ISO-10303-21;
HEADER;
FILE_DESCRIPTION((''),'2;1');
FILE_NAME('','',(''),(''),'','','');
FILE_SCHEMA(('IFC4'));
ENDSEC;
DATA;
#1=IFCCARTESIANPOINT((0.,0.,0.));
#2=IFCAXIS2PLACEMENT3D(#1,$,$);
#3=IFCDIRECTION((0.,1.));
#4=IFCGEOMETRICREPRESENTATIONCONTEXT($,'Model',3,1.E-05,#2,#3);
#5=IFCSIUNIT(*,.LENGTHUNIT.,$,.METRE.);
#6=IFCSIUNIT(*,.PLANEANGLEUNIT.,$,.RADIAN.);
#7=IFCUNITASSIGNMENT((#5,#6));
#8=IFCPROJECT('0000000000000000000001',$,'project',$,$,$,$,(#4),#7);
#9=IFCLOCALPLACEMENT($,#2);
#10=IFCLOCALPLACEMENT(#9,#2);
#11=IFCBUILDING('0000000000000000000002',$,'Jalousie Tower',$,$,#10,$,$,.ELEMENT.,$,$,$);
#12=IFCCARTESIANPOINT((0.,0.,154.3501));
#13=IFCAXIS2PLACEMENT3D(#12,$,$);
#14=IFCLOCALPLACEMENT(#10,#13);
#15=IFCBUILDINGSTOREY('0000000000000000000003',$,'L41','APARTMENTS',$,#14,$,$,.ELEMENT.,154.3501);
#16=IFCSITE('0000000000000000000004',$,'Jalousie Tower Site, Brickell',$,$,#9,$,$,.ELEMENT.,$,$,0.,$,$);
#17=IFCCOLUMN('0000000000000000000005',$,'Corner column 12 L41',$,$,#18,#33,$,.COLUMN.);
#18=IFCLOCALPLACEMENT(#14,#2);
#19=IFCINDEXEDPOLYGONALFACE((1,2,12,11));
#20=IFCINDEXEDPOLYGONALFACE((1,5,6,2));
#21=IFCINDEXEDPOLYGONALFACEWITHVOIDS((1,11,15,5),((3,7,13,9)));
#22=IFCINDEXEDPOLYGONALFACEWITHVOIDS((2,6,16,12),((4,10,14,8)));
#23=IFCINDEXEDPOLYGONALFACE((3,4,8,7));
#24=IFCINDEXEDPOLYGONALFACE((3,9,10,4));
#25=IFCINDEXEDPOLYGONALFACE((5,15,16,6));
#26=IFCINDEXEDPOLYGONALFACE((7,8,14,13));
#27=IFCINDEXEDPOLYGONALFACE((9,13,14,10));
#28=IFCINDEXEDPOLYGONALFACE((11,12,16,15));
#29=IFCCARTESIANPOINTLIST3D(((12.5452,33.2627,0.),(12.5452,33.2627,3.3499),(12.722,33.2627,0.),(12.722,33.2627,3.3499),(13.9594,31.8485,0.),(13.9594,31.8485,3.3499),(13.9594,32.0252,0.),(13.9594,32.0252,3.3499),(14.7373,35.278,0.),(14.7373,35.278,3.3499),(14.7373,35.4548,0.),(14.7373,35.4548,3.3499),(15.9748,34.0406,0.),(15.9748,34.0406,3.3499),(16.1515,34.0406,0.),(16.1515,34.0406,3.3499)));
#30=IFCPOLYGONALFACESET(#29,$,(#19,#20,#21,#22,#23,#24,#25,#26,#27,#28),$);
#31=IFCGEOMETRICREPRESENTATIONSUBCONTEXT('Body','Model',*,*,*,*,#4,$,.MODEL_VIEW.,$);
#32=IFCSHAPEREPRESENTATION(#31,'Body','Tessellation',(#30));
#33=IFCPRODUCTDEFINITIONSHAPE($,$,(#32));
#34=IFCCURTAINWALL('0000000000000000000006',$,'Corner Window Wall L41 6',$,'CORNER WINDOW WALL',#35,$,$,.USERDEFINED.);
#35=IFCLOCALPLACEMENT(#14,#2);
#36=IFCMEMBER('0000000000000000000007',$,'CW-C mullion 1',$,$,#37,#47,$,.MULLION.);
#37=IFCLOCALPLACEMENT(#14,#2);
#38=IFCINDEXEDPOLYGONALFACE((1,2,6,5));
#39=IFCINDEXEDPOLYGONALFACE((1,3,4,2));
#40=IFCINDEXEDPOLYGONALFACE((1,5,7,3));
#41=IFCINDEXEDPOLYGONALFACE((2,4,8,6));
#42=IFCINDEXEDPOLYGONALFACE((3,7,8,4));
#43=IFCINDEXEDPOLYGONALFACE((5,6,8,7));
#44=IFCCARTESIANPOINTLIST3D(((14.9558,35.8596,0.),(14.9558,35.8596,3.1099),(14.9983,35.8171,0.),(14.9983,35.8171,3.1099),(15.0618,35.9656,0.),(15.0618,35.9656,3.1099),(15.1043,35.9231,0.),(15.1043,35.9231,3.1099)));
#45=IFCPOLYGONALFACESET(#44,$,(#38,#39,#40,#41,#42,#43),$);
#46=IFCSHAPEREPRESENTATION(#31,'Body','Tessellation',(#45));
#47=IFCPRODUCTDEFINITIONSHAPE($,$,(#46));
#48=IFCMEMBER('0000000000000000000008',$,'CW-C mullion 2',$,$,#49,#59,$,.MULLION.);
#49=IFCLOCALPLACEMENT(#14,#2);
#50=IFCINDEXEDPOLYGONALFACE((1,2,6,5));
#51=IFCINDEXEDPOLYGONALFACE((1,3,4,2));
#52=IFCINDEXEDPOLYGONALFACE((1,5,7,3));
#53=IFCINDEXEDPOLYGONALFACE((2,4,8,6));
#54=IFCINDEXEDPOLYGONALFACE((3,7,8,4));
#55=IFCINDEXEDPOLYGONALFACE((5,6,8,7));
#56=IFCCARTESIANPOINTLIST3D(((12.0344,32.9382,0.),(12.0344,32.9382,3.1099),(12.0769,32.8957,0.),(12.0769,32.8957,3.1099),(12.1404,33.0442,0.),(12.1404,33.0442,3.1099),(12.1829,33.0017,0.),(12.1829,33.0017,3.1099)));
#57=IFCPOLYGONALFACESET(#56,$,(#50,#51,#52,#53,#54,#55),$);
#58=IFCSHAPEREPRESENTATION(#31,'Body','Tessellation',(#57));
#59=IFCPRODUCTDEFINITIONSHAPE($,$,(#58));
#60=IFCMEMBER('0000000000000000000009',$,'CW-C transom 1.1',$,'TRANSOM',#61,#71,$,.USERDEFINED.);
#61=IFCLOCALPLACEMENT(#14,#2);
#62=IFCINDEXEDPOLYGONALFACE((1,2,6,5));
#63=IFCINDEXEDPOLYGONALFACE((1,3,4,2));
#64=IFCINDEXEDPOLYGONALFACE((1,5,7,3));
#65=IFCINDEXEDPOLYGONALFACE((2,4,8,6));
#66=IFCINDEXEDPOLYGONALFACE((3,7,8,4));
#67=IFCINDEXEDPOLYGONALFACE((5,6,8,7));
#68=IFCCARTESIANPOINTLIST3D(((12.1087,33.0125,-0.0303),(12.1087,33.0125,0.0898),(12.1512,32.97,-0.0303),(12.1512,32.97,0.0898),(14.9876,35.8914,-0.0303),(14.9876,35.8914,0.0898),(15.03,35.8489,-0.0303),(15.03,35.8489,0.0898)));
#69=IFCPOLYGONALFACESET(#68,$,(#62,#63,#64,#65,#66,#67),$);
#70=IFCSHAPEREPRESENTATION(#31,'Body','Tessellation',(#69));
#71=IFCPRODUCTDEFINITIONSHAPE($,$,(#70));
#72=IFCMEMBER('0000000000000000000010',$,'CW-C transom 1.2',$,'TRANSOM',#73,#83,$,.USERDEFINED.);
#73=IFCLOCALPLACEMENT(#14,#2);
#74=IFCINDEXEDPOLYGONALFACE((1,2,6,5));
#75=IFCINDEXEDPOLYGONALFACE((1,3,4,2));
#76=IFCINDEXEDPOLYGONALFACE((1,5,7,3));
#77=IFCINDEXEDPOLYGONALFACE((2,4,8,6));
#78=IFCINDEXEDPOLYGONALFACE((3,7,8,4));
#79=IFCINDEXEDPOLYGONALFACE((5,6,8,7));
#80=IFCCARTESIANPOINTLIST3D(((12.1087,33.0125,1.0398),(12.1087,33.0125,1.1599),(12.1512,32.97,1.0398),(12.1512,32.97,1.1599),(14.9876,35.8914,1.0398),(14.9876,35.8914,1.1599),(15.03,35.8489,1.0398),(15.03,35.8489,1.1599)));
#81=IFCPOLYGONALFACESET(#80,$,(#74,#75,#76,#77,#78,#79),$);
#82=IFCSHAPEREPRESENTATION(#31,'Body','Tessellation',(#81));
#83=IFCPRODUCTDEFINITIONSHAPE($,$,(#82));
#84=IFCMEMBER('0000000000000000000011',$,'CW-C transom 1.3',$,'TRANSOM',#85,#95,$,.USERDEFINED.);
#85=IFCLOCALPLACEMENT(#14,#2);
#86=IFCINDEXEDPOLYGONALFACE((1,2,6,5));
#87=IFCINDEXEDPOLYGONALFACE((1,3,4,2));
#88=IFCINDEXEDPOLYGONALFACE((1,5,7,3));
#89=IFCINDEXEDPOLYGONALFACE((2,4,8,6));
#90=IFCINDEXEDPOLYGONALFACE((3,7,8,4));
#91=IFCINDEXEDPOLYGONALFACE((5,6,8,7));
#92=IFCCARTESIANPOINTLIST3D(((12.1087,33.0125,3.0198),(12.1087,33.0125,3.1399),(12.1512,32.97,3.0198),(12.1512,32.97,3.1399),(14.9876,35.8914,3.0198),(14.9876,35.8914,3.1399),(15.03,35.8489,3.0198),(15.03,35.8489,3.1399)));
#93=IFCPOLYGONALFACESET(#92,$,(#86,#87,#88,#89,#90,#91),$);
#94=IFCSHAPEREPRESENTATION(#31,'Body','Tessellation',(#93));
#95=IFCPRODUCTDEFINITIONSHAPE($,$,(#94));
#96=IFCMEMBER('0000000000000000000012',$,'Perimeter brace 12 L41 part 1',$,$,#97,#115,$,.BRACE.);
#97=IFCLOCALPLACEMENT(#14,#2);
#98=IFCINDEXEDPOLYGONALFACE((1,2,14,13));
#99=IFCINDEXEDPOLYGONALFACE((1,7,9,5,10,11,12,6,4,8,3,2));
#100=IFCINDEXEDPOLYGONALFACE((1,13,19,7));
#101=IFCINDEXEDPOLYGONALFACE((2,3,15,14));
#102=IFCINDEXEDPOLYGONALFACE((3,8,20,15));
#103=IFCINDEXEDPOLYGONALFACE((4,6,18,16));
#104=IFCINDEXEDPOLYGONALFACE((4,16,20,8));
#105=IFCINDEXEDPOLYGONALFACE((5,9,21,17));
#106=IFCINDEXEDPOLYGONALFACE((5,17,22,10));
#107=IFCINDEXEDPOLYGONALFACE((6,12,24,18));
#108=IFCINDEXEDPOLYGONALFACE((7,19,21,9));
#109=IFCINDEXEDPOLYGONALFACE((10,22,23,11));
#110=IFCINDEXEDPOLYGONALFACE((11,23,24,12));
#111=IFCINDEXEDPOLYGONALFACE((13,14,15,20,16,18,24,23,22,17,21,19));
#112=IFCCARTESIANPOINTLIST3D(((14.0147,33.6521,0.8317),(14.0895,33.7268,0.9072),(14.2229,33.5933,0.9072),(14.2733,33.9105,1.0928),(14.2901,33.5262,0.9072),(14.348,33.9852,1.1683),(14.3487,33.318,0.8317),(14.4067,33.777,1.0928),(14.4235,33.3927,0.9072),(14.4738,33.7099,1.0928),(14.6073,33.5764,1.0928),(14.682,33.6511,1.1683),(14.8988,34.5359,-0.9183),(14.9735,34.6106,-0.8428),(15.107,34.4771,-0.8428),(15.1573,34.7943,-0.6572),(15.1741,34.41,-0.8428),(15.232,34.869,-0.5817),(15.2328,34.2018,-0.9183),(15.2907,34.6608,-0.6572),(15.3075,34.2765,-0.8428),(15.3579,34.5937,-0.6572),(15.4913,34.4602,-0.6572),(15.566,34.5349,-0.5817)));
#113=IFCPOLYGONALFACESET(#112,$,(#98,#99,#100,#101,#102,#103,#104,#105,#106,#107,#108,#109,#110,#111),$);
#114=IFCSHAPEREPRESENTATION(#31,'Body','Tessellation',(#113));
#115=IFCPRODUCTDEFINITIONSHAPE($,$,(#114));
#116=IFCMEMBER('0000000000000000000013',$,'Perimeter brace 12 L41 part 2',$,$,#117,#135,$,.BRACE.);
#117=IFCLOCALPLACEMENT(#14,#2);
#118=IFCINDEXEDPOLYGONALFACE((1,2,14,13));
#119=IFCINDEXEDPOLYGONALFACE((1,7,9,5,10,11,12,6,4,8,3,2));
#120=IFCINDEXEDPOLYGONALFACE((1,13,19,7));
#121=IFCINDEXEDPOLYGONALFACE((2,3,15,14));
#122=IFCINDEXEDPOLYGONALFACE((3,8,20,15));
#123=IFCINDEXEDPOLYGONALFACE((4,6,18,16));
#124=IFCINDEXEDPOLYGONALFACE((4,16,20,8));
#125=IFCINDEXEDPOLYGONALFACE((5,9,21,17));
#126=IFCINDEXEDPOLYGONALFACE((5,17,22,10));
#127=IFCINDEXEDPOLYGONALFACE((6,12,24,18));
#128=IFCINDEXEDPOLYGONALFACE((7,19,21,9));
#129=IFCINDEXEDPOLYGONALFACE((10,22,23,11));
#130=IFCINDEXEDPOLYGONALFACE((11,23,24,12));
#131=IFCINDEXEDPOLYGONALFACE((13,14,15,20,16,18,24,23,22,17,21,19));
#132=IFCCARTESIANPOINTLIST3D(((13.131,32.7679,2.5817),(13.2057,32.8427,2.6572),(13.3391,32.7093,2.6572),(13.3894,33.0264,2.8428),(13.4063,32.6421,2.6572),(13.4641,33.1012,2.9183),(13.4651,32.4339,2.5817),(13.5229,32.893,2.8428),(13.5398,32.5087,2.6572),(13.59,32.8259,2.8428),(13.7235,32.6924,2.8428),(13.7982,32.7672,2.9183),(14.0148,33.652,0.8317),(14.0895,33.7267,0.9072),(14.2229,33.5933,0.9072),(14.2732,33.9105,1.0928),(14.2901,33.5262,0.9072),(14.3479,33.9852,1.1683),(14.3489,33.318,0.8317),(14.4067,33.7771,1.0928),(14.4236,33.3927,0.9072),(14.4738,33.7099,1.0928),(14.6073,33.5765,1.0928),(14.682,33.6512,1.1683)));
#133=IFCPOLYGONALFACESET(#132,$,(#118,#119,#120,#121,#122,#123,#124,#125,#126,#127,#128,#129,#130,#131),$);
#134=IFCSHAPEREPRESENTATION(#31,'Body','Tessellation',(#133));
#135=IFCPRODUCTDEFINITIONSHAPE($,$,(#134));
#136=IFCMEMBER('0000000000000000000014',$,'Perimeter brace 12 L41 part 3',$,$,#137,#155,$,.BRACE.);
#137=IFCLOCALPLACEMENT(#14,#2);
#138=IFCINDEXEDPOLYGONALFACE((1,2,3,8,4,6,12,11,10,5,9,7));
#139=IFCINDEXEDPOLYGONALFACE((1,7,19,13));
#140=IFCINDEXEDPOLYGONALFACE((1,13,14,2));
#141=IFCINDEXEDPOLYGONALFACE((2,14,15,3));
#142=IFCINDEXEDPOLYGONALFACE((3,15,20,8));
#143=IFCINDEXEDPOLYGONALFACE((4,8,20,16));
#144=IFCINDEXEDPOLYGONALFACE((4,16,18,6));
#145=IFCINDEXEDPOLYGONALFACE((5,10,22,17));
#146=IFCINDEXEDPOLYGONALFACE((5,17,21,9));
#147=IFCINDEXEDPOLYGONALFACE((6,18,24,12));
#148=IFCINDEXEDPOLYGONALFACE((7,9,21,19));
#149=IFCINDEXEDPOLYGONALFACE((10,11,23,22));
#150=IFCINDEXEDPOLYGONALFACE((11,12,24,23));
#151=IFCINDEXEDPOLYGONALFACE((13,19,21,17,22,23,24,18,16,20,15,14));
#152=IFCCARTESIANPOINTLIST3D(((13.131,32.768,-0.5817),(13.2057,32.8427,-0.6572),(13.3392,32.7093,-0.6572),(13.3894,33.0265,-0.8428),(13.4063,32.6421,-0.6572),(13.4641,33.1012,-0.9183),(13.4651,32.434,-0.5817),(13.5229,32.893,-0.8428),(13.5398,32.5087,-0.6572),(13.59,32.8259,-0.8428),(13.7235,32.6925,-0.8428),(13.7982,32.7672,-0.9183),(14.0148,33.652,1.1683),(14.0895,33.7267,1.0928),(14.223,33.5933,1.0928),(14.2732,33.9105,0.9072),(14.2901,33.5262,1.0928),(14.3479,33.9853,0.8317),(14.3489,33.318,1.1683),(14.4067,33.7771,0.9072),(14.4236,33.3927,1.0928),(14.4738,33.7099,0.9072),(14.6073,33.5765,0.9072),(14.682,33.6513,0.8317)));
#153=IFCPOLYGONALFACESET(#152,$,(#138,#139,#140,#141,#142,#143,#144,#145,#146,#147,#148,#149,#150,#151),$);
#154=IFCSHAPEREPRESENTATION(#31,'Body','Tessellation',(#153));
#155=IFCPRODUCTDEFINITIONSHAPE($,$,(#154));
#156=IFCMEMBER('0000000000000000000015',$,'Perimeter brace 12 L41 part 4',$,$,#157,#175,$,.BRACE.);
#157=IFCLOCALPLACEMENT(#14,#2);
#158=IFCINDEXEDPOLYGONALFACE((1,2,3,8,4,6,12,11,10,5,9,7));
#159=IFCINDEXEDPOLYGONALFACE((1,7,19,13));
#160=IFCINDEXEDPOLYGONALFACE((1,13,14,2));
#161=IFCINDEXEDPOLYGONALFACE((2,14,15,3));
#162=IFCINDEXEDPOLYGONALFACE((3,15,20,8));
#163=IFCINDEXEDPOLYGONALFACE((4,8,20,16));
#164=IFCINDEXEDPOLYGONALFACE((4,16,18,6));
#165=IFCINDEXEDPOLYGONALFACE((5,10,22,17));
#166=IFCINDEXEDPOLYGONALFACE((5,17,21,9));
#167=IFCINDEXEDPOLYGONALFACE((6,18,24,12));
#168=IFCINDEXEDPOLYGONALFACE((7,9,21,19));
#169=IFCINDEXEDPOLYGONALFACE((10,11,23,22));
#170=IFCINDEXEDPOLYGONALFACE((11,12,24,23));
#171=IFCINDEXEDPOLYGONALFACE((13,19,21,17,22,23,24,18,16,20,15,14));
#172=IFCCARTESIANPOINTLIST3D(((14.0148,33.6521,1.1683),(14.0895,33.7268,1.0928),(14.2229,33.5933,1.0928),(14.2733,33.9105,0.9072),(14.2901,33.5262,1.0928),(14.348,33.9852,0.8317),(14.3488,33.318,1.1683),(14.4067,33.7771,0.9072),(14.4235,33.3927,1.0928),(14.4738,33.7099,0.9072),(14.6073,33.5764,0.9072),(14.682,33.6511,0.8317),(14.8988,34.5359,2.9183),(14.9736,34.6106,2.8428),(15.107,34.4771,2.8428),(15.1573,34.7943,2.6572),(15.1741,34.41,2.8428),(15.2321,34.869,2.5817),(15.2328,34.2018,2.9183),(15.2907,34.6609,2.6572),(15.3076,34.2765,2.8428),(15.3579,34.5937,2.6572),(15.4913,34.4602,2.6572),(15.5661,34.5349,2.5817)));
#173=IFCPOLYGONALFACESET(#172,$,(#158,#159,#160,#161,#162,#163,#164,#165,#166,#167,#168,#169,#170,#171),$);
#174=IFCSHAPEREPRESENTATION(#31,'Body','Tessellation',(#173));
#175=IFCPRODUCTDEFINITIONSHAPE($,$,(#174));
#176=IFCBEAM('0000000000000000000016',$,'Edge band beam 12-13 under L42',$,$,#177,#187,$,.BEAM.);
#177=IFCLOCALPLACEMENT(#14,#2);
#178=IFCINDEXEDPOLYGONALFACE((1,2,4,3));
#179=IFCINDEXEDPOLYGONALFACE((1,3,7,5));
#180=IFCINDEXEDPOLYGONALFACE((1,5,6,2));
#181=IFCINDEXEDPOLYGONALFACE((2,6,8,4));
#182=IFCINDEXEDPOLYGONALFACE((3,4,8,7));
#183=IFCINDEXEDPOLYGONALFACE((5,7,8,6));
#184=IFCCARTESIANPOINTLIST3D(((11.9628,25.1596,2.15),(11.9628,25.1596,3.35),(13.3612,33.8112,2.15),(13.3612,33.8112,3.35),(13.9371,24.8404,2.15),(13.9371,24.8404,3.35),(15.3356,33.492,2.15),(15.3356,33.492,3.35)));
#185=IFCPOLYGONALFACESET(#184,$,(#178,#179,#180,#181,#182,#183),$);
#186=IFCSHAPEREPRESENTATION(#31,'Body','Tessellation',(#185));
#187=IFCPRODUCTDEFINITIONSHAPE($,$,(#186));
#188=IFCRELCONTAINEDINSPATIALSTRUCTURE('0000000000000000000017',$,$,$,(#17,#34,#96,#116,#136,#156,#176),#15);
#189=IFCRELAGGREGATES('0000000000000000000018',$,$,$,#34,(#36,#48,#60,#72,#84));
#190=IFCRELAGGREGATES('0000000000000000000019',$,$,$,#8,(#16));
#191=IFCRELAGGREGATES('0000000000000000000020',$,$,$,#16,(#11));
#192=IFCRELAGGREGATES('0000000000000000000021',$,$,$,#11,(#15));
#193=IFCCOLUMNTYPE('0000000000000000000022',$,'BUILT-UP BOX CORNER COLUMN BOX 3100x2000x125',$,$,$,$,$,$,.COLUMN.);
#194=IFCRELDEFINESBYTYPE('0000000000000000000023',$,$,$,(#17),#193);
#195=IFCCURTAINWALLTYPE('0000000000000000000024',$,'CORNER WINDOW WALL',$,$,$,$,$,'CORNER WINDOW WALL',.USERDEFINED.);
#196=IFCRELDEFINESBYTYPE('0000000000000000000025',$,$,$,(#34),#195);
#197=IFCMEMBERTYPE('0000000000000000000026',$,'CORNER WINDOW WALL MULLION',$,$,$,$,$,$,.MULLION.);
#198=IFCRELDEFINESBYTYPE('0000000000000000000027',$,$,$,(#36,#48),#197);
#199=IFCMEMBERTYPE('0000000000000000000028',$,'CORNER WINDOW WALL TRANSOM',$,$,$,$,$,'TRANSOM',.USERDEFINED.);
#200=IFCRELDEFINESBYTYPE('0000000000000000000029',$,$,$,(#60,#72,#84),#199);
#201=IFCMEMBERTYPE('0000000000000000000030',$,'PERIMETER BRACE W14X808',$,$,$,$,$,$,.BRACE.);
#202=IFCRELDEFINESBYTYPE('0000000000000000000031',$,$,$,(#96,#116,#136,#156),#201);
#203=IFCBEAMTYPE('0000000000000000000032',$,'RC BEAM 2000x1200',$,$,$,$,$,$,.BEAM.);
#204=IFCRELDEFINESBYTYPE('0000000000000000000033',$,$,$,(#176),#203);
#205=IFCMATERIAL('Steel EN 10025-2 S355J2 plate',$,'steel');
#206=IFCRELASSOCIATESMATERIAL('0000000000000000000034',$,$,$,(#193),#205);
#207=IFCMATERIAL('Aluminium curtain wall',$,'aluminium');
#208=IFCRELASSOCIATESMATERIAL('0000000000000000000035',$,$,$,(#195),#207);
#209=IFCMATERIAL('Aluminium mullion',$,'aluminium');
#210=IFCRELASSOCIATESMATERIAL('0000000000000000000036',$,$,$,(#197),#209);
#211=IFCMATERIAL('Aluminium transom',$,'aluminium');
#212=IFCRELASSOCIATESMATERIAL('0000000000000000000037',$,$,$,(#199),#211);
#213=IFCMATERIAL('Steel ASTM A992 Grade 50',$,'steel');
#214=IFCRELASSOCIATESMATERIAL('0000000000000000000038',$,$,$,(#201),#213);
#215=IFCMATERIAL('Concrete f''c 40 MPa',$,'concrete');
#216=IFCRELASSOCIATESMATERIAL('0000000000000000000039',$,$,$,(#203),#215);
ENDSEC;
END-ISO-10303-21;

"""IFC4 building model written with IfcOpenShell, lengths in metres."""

from ifc_helpers import new_model, si_unit, direction, frame, origin, origin_2d, place, context, subcontext, project, spatial, rectangle, hollow_rectangle, i_section, extrude, material, material_profile, profile_set, type_object, element, aggregate, save


model = new_model("IFC4")

# Units and contexts
model_context = context("Model", 3, precision=1e-05, world=origin(), true_north=direction((0.0, 1.0)))
body_context = subcontext(model_context, "Body", "Model", "MODEL_VIEW")
ifc_project = project(units=[si_unit("LENGTHUNIT", "METRE"), si_unit("PLANEANGLEUNIT", "RADIAN")], contexts=[model_context])

# Site, building, storey
site_placement = place(None, origin())
site = spatial("IfcSite", under=ifc_project, at=site_placement, Name="Jalousie Tower Site, Brickell", CompositionType="ELEMENT", RefElevation=0.0)
building_placement = place(site_placement, origin())
building = spatial("IfcBuilding", under=site, at=building_placement, Name="Jalousie Tower", CompositionType="ELEMENT")
storey_placement = place(building_placement, frame((0.0, 0.0, 154.3501)))
storey = spatial("IfcBuildingStorey", under=building, at=storey_placement, Name="L41", Description="APARTMENTS", CompositionType="ELEMENT", Elevation=154.3501)

# Column
ifc_material_1 = material(Name="Steel EN 10025-2 S355J2 plate", Category="steel")
ifc_material_profile_1 = material_profile(ifc_material_1, hollow_rectangle(XDim=2.0, YDim=3.1001, WallThickness=0.125, at=origin_2d()), Name="BOX 3100x2000x125")
ifc_profile_set_1 = profile_set([ifc_material_profile_1], Name="Steel EN 10025-2 S355J2 plate")
column_type = type_object("IfcColumnType", Name="BUILT-UP BOX CORNER COLUMN BOX 3100x2000x125", PredefinedType="COLUMN", material=ifc_profile_set_1)
column_placement = place(storey_placement, frame((14.3484, 33.6516, 0.0), z_axis=(0.0, 0.0, 1.0), x_axis=(0.707107, -0.707107, 0.0)))
element("IfcColumn", 1, at=column_placement, inside=storey, type_object=column_type, Name="Corner column 12 L41", PredefinedType="COLUMN", context=body_context, shape_type="SweptSolid", body=[
    extrude(hollow_rectangle(XDim=2.0, YDim=3.1001, WallThickness=0.125, at=origin_2d()), origin(), (0.0, 0.0, 1.0), 3.3499),
])

# Curtain wall, members
ifc_material_2 = material(Name="Aluminium curtain wall", Category="aluminium")
curtain_wall_type_1 = type_object("IfcCurtainWallType", Name="CORNER WINDOW WALL", ElementType="CORNER WINDOW WALL", PredefinedType="USERDEFINED", material=ifc_material_2)
curtain_wall_1_placement = place(storey_placement, origin())
curtain_wall_1 = element("IfcCurtainWall", 2, at=curtain_wall_1_placement, inside=storey, type_object=curtain_wall_type_1, Name="Corner Window Wall L41 6", ObjectType="CORNER WINDOW WALL", PredefinedType="USERDEFINED")
ifc_material_3 = material(Name="Aluminium mullion", Category="aluminium")
ifc_material_profile_2 = material_profile(ifc_material_3, rectangle(XDim=0.0601, YDim=0.1499, at=origin_2d()), Name="MULLION 60x150")
ifc_profile_set_2 = profile_set([ifc_material_profile_2], Name="Aluminium mullion")
member_type_1 = type_object("IfcMemberType", Name="CORNER WINDOW WALL MULLION", PredefinedType="MULLION", material=ifc_profile_set_2)
member_1_placement = place(storey_placement, frame((15.03, 35.8914, 0.0), z_axis=(0.0, 0.0, 1.0), x_axis=(0.707107, -0.707107, 0.0)))
member_1 = element("IfcMember", 3, at=member_1_placement, type_object=member_type_1, Name="CW-C mullion 1", PredefinedType="MULLION", context=body_context, shape_type="SweptSolid", body=[
    extrude(rectangle(XDim=0.0601, YDim=0.1499, at=origin_2d()), origin(), (0.0, 0.0, 1.0), 3.1099),
])
member_2_placement = place(storey_placement, frame((12.1086, 32.97, 0.0), z_axis=(0.0, 0.0, 1.0), x_axis=(0.707107, -0.707107, 0.0)))
member_2 = element("IfcMember", 4, at=member_2_placement, type_object=member_type_1, Name="CW-C mullion 2", PredefinedType="MULLION", context=body_context, shape_type="SweptSolid", body=[
    extrude(rectangle(XDim=0.0601, YDim=0.1499, at=origin_2d()), origin(), (0.0, 0.0, 1.0), 3.1099),
])
ifc_material_4 = material(Name="Aluminium transom", Category="aluminium")
ifc_material_profile_3 = material_profile(ifc_material_4, rectangle(XDim=0.0601, YDim=0.1201, at=origin_2d()), Name="TRANSOM 60x120")
ifc_profile_set_3 = profile_set([ifc_material_profile_3], Name="Aluminium transom")
member_type_2 = type_object("IfcMemberType", Name="CORNER WINDOW WALL TRANSOM", ElementType="TRANSOM", PredefinedType="USERDEFINED", material=ifc_profile_set_3)
member_3_placement = place(storey_placement, frame((15.0088, 35.8701, 0.0298), z_axis=(-0.707107, -0.707107, 0.0), x_axis=(0.707107, -0.707107, 0.0)))
member_3 = element("IfcMember", 5, at=member_3_placement, type_object=member_type_2, Name="CW-C transom 1.1", ObjectType="TRANSOM", PredefinedType="USERDEFINED", context=body_context, shape_type="SweptSolid", body=[
    extrude(rectangle(XDim=0.0601, YDim=0.1201, at=origin_2d()), origin(), (0.0, 0.0, 1.0), 4.0713),
])
member_4_placement = place(storey_placement, frame((15.0088, 35.8701, 1.0999), z_axis=(-0.707107, -0.707107, 0.0), x_axis=(0.707107, -0.707107, 0.0)))
member_4 = element("IfcMember", 6, at=member_4_placement, type_object=member_type_2, Name="CW-C transom 1.2", ObjectType="TRANSOM", PredefinedType="USERDEFINED", context=body_context, shape_type="SweptSolid", body=[
    extrude(rectangle(XDim=0.0601, YDim=0.1201, at=origin_2d()), origin(), (0.0, 0.0, 1.0), 4.0713),
])
member_5_placement = place(storey_placement, frame((15.0088, 35.8701, 3.0798), z_axis=(-0.707107, -0.707107, 0.0), x_axis=(0.707107, -0.707107, 0.0)))
member_5 = element("IfcMember", 7, at=member_5_placement, type_object=member_type_2, Name="CW-C transom 1.3", ObjectType="TRANSOM", PredefinedType="USERDEFINED", context=body_context, shape_type="SweptSolid", body=[
    extrude(rectangle(XDim=0.0601, YDim=0.1201, at=origin_2d()), origin(), (0.0, 0.0, 1.0), 4.0713),
])

# Members
ifc_material_5 = material(Name="Steel ASTM A992 Grade 50", Category="steel")
ifc_material_profile_4 = material_profile(ifc_material_5, i_section(OverallWidth=0.4724, OverallDepth=0.5791, WebThickness=0.095, FlangeThickness=0.1299, at=origin_2d()), Name="W14X808")
ifc_profile_set_4 = profile_set([ifc_material_profile_4], Name="Steel ASTM A992 Grade 50")
member_type_3 = type_object("IfcMemberType", Name="PERIMETER BRACE W14X808", PredefinedType="BRACE", material=ifc_profile_set_4)
for number, where, z_axis, x_axis, name in (
    (8, (15.2324, 34.5354, -0.75), (-0.411063, -0.410949, 0.813725), (0.707009, -0.707204, 0.0), "Perimeter brace 12 L41 part 1"),
    (9, (14.3484, 33.6516, 1.0), (-0.410949, -0.411063, 0.813725), (0.707204, -0.707009, 0.0), "Perimeter brace 12 L41 part 2"),
    (10, (13.4646, 32.7676, -0.75), (0.410949, 0.411063, 0.813725), (-0.707204, 0.707009, 0.0), "Perimeter brace 12 L41 part 3"),
    (11, (14.3484, 33.6516, 1.0), (0.411063, 0.410949, 0.813725), (-0.707009, 0.707204, 0.0), "Perimeter brace 12 L41 part 4"),
):
    element("IfcMember", number, at=place(storey_placement, frame(where, z_axis=z_axis, x_axis=x_axis)), inside=storey, type_object=member_type_3, Name=name, PredefinedType="BRACE", context=body_context, shape_type="SweptSolid", body=[
        extrude(i_section(OverallWidth=0.4724, OverallDepth=0.5791, WebThickness=0.095, FlangeThickness=0.1299, at=origin_2d()), origin(), (0.0, 0.0, 1.0), 2.1506),
    ])

# Beam
ifc_material_6 = material(Name="Concrete f'c 40 MPa", Category="concrete")
ifc_material_profile_5 = material_profile(ifc_material_6, rectangle(XDim=2.0, YDim=1.2, at=origin_2d()), Name="RC 2000x1200")
ifc_profile_set_5 = profile_set([ifc_material_profile_5], Name="Concrete f'c 40 MPa")
beam_type = type_object("IfcBeamType", Name="RC BEAM 2000x1200", PredefinedType="BEAM", material=ifc_profile_set_5)
beam_placement = place(storey_placement, frame((14.3484, 33.6516, 2.75), z_axis=(-0.159568, -0.987187, 0.0), x_axis=(0.987187, -0.159568, 0.0)))
element("IfcBeam", 12, at=beam_placement, inside=storey, type_object=beam_type, Name="Edge band beam 12-13 under L42", PredefinedType="BEAM", context=body_context, shape_type="SweptSolid", body=[
    extrude(rectangle(XDim=2.0, YDim=1.2, at=origin_2d()), origin(), (0.0, 0.0, 1.0), 8.7639),
])

aggregate(curtain_wall_1, [member_1, member_2, member_3, member_4, member_5])

save(model, "model.ifc")
